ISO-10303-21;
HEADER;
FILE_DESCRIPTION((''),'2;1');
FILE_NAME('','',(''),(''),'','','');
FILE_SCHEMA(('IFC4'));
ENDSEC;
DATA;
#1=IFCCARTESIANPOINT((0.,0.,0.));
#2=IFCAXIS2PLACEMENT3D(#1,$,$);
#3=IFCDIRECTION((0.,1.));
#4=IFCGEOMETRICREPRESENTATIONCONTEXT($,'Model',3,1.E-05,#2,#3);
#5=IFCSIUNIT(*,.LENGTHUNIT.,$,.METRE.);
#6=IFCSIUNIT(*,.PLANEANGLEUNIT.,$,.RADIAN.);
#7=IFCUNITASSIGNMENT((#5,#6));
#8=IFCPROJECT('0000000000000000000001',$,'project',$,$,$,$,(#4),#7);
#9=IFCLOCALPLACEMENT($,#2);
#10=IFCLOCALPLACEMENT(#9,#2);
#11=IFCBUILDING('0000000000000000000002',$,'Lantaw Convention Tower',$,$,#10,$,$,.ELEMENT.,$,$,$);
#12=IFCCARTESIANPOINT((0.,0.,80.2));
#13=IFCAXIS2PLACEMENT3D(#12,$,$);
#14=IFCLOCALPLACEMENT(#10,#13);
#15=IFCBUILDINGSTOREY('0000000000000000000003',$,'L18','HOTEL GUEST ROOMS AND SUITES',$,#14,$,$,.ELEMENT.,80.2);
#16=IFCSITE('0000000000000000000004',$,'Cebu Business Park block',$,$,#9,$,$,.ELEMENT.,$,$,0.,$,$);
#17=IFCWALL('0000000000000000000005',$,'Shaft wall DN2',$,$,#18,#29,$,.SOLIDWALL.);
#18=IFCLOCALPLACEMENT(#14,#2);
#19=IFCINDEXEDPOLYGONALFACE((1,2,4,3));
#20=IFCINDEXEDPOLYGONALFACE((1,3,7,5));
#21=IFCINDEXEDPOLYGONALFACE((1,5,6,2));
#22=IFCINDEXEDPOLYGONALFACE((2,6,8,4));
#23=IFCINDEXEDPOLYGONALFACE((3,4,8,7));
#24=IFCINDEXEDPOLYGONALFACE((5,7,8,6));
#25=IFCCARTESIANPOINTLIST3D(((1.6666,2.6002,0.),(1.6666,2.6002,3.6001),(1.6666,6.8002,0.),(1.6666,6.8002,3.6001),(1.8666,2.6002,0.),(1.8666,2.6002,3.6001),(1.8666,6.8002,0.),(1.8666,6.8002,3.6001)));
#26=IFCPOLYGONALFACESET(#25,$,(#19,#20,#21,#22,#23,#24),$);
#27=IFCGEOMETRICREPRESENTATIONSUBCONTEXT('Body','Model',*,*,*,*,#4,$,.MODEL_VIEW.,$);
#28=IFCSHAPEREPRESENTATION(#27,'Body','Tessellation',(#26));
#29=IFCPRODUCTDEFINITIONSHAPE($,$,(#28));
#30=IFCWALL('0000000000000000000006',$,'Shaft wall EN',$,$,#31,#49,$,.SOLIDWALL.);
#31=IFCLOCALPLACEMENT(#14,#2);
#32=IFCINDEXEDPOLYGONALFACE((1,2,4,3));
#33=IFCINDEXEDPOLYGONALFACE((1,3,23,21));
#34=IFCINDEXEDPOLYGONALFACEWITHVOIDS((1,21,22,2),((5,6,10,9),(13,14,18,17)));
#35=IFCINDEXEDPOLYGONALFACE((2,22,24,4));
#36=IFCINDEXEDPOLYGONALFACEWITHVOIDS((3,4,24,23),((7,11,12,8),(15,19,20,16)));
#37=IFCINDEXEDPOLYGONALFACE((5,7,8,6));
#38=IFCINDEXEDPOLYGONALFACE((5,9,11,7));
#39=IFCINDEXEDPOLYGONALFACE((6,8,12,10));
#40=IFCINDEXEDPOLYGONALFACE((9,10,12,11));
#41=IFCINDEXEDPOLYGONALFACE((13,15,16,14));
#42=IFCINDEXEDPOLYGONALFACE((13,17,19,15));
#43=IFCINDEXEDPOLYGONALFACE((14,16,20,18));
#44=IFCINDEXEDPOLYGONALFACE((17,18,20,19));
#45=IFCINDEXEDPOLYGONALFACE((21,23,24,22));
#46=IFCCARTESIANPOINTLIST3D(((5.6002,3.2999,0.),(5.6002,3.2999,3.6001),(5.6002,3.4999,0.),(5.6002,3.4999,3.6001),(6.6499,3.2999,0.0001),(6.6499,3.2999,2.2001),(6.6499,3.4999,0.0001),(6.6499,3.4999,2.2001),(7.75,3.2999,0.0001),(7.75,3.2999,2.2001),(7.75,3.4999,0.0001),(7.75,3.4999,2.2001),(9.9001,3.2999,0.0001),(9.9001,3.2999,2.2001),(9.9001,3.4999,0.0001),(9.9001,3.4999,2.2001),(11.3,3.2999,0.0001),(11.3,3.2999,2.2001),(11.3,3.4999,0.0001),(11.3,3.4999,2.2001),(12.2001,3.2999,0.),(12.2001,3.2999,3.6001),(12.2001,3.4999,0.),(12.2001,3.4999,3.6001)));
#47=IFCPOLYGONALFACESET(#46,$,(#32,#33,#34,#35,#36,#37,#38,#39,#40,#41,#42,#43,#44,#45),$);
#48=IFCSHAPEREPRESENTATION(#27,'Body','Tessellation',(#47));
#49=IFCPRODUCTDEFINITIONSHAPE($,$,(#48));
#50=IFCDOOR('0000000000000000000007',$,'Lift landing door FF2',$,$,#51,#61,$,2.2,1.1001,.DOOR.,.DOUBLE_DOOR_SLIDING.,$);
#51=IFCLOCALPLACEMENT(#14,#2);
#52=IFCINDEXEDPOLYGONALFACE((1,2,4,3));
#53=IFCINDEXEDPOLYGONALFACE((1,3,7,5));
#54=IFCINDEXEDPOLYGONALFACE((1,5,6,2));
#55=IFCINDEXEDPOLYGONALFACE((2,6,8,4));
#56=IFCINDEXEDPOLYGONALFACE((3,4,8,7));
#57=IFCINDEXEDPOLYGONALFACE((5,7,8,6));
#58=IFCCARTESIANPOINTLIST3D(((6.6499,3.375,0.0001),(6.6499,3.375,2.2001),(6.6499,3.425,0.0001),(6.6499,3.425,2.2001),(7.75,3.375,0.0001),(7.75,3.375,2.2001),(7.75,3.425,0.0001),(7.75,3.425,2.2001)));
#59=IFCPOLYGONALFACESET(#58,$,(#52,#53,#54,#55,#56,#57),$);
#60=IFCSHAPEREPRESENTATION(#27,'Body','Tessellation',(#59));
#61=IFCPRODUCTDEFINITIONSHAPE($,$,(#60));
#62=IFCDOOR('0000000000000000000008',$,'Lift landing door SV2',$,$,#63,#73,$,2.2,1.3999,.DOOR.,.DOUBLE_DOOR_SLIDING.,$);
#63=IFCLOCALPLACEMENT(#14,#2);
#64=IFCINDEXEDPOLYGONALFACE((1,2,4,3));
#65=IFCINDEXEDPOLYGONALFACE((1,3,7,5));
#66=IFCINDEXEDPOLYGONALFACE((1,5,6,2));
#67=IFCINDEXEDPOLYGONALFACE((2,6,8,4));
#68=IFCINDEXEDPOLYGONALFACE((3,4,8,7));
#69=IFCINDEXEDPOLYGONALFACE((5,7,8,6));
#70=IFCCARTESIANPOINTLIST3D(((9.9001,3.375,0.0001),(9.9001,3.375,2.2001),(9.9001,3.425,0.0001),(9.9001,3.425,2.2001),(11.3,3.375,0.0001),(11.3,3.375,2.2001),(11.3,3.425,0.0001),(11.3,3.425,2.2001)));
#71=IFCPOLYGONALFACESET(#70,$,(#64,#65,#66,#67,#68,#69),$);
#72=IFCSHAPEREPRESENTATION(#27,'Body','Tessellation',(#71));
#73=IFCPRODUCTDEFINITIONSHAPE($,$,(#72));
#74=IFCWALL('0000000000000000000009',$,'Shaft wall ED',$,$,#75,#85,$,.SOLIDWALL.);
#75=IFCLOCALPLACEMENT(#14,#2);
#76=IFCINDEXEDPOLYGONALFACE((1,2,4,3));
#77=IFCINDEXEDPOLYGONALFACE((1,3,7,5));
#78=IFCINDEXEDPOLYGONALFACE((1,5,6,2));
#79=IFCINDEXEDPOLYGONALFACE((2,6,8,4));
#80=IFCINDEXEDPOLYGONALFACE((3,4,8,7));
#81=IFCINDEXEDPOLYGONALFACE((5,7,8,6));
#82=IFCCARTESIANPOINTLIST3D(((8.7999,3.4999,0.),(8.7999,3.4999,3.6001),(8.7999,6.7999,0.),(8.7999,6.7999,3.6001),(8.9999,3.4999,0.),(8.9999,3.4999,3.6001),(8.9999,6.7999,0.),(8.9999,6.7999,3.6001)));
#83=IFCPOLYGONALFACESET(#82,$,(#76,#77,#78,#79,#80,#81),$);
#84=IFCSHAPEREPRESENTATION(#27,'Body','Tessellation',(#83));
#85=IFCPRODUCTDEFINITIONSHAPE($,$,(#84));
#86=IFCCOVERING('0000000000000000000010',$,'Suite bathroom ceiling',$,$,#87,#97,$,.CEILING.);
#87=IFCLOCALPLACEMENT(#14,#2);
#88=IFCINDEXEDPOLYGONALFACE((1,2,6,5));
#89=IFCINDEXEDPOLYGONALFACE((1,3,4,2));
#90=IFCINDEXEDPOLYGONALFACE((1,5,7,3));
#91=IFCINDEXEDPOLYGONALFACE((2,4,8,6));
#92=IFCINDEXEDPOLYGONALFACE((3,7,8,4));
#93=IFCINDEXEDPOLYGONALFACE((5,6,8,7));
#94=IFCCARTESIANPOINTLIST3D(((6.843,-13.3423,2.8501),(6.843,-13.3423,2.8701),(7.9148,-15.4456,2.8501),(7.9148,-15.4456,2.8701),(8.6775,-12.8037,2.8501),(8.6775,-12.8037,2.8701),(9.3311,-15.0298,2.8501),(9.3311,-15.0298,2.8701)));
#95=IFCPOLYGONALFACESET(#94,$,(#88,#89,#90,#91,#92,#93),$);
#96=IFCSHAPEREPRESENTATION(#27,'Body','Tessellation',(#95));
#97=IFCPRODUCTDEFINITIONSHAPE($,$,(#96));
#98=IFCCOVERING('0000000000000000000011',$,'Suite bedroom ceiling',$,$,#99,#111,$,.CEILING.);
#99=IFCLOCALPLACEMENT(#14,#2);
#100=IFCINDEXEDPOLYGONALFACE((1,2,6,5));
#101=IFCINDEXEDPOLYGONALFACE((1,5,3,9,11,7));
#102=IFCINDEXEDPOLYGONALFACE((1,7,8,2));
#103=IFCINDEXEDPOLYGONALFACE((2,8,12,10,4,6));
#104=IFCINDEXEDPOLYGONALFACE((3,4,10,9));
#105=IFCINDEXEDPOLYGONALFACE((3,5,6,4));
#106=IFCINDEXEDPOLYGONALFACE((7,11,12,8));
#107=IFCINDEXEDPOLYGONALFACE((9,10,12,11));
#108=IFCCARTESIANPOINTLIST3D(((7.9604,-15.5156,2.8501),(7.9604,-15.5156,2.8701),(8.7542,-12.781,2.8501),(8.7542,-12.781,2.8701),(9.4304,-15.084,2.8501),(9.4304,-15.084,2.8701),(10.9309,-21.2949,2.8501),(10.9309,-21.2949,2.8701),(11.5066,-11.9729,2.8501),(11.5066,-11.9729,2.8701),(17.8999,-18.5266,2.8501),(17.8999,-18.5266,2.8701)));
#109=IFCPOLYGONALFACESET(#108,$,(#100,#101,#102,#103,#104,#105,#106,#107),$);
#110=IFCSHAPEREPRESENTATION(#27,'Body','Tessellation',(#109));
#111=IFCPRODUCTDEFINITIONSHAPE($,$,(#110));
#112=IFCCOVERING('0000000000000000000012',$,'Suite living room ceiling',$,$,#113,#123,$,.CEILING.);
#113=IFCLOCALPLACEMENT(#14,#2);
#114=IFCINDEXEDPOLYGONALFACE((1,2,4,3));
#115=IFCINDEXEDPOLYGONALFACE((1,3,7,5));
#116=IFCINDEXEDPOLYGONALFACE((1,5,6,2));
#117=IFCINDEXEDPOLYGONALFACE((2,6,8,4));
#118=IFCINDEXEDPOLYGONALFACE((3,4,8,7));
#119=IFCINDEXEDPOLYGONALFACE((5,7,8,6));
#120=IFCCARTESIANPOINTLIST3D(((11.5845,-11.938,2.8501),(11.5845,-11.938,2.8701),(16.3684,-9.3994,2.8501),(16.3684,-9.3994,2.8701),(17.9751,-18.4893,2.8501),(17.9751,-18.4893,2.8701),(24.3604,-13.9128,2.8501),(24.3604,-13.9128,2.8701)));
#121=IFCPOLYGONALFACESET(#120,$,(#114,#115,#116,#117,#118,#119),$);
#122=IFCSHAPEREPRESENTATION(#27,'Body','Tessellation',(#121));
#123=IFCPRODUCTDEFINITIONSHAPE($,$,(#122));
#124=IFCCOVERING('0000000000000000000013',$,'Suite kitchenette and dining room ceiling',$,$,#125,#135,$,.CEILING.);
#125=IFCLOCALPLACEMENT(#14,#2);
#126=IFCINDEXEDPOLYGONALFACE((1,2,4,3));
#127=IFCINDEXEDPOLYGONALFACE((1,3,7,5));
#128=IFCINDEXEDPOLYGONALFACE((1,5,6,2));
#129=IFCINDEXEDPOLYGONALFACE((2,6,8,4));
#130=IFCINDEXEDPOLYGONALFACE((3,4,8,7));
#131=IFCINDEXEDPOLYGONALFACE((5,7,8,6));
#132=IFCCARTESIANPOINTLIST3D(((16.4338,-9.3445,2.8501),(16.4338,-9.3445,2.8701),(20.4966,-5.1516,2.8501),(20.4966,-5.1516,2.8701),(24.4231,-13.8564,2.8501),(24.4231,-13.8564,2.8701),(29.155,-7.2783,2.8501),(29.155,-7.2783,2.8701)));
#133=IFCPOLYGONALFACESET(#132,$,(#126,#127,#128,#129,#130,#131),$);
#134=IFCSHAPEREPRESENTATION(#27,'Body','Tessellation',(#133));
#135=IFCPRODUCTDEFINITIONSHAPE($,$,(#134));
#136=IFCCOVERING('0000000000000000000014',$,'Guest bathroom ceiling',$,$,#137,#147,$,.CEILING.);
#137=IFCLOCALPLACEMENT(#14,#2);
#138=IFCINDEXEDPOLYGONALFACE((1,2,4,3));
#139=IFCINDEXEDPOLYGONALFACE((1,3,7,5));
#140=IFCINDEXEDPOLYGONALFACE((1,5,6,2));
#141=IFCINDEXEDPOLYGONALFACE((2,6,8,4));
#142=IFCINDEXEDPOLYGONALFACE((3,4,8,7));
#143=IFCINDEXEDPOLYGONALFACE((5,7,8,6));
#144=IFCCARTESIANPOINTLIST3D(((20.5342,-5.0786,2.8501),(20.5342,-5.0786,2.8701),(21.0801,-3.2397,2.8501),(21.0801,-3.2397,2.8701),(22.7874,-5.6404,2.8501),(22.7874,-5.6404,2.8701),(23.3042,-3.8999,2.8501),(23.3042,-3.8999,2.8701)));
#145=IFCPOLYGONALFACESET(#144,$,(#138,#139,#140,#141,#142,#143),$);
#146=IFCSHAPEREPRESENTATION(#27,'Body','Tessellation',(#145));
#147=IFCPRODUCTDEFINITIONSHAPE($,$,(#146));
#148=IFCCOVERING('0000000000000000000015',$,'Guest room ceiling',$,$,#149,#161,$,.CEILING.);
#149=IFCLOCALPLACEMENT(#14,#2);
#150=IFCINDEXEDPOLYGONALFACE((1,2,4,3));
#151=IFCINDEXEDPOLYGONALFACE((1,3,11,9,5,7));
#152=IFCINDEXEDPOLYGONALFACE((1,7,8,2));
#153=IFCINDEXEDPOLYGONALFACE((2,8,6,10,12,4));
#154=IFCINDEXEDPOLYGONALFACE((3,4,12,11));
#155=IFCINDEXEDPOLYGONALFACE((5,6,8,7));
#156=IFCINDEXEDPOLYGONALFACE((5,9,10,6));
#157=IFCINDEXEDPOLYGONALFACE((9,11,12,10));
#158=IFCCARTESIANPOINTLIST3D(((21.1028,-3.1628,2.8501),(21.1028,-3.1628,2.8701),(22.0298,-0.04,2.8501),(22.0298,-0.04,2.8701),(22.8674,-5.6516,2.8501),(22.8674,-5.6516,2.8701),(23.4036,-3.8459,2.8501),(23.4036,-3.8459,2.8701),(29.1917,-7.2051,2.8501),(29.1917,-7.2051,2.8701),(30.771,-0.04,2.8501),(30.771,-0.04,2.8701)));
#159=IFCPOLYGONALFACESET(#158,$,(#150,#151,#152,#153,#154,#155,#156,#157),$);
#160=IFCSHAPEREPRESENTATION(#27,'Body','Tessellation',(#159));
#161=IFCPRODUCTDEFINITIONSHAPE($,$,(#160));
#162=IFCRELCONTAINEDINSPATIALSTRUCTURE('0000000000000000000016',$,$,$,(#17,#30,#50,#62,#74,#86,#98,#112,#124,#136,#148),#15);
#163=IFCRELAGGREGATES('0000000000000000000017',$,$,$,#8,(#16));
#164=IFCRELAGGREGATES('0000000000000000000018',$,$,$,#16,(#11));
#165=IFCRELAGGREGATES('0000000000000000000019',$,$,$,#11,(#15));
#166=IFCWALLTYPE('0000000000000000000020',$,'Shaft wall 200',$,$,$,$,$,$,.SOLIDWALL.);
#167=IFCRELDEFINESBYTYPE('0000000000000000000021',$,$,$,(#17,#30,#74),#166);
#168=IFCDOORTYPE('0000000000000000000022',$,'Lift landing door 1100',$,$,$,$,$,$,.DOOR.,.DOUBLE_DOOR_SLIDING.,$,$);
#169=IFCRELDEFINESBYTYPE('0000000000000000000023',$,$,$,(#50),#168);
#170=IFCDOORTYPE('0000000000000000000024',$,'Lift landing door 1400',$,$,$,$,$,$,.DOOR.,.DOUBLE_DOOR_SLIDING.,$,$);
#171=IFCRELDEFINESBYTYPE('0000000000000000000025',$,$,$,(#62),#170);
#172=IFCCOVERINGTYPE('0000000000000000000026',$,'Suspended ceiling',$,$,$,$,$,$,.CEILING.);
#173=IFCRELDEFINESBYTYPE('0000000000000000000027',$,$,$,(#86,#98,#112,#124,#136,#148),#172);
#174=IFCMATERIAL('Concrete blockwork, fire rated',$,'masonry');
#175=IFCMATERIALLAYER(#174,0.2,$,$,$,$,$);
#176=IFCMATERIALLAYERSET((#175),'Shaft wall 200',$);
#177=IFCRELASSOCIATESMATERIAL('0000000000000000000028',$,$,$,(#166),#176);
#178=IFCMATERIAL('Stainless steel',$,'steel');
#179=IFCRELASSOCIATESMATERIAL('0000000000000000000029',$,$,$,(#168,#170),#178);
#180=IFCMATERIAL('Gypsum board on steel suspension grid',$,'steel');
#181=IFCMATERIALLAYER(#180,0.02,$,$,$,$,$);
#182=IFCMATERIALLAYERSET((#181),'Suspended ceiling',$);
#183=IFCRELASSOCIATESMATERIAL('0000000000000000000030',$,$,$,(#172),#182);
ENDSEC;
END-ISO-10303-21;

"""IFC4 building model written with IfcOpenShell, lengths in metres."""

from ifc_helpers import new_model, si_unit, direction, frame, frame_2d, origin, place, context, subcontext, project, spatial, polyline, rectangle, outline, extrude, material, layer, layer_set, type_object, element, fill, save


model = new_model("IFC4")

# Units and contexts
model_context = context("Model", 3, precision=1e-05, world=origin(), true_north=direction((0.0, 1.0)))
body_context = subcontext(model_context, "Body", "Model", "MODEL_VIEW")
ifc_project = project(units=[si_unit("LENGTHUNIT", "METRE"), si_unit("PLANEANGLEUNIT", "RADIAN")], contexts=[model_context])

# Site, building, storey
site_placement = place(None, origin())
site = spatial("IfcSite", under=ifc_project, at=site_placement, Name="Cebu Business Park block", CompositionType="ELEMENT", RefElevation=0.0)
building_placement = place(site_placement, origin())
building = spatial("IfcBuilding", under=site, at=building_placement, Name="Lantaw Convention Tower", CompositionType="ELEMENT")
storey_placement = place(building_placement, frame((0.0, 0.0, 80.2)))
storey = spatial("IfcBuildingStorey", under=building, at=storey_placement, Name="L18", Description="HOTEL GUEST ROOMS AND SUITES", CompositionType="ELEMENT", Elevation=80.2)

# Wall
ifc_material_1 = material(Name="Concrete blockwork, fire rated", Category="masonry")
ifc_layer_1 = layer(ifc_material_1, 0.2)
ifc_layer_set_1 = layer_set([ifc_layer_1], Name="Shaft wall 200")
wall_type_1 = type_object("IfcWallType", Name="Shaft wall 200", PredefinedType="SOLIDWALL", material=ifc_layer_set_1)
wall_1_placement = place(storey_placement, frame((1.7666, 2.6001, 0.0), z_axis=(0.0, 0.0, 1.0), x_axis=(0.0, 1.0, 0.0)))
element("IfcWall", 1, at=wall_1_placement, inside=storey, type_object=wall_type_1, Name="Shaft wall DN2", PredefinedType="SOLIDWALL", context=body_context, shape_type="SweptSolid", body=[
    extrude(rectangle(XDim=4.2, YDim=0.2, at=frame_2d((2.1001, 0.0))), origin(), (0.0, 0.0, 1.0), 3.6001),
])

# Wall, openings, doors
wall_2_placement = place(storey_placement, frame((12.2, 3.3999, 0.0), z_axis=(0.0, 0.0, 1.0), x_axis=(-1.0, 0.0, 0.0)))
wall_2 = element("IfcWall", 2, at=wall_2_placement, inside=storey, type_object=wall_type_1, Name="Shaft wall EN", PredefinedType="SOLIDWALL", context=body_context, shape_type="SweptSolid", body=[
    extrude(rectangle(XDim=6.5999, YDim=0.2, at=frame_2d((3.2998, 0.0))), origin(), (0.0, 0.0, 1.0), 3.6001),
])
opening_1_placement = place(wall_2_placement, frame((4.45, 0.0, 0.0)))
opening_1 = element("IfcOpeningElement", 3, at=opening_1_placement, cuts=wall_2, PredefinedType="OPENING", context=body_context, shape_type="SweptSolid", body=[
    extrude(rectangle(XDim=1.1001, YDim=2.2, at=frame_2d((0.55, 1.1001))), frame((0.0, 0.1099, 0.0), z_axis=(0.0, -1.0, 0.0), x_axis=(1.0, 0.0, 0.0)), (0.0, 0.0, 1.0), 0.22),
])
opening_2_placement = place(wall_2_placement, frame((0.8999, 0.0, 0.0)))
opening_2 = element("IfcOpeningElement", 4, at=opening_2_placement, cuts=wall_2, PredefinedType="OPENING", context=body_context, shape_type="SweptSolid", body=[
    extrude(rectangle(XDim=1.3999, YDim=2.2, at=frame_2d((0.7, 1.1001))), frame((0.0, 0.1099, 0.0), z_axis=(0.0, -1.0, 0.0), x_axis=(1.0, 0.0, 0.0)), (0.0, 0.0, 1.0), 0.22),
])
ifc_material_2 = material(Name="Stainless steel", Category="steel")
door_type_1 = type_object("IfcDoorType", Name="Lift landing door 1100", OperationType="DOUBLE_DOOR_SLIDING", PredefinedType="DOOR", material=ifc_material_2)
door_1_placement = place(opening_1_placement, origin())
door_1 = element("IfcDoor", 5, at=door_1_placement, inside=storey, type_object=door_type_1, Name="Lift landing door FF2", OperationType="DOUBLE_DOOR_SLIDING", OverallHeight=2.2, OverallWidth=1.1001, PredefinedType="DOOR", context=body_context, shape_type="SweptSolid", body=[
    extrude(rectangle(XDim=1.1001, YDim=2.2, at=frame_2d((0.55, 1.1001))), frame((0.0, 0.0249, 0.0), z_axis=(0.0, -1.0, 0.0), x_axis=(1.0, 0.0, 0.0)), (0.0, 0.0, 1.0), 0.05),
])
fill(opening_1, door_1)
door_type_2 = type_object("IfcDoorType", Name="Lift landing door 1400", OperationType="DOUBLE_DOOR_SLIDING", PredefinedType="DOOR", material=ifc_material_2)
door_2_placement = place(opening_2_placement, origin())
door_2 = element("IfcDoor", 6, at=door_2_placement, inside=storey, type_object=door_type_2, Name="Lift landing door SV2", OperationType="DOUBLE_DOOR_SLIDING", OverallHeight=2.2, OverallWidth=1.3999, PredefinedType="DOOR", context=body_context, shape_type="SweptSolid", body=[
    extrude(rectangle(XDim=1.3999, YDim=2.2, at=frame_2d((0.7, 1.1001))), frame((0.0, 0.0249, 0.0), z_axis=(0.0, -1.0, 0.0), x_axis=(1.0, 0.0, 0.0)), (0.0, 0.0, 1.0), 0.05),
])
fill(opening_2, door_2)

# Wall
wall_3_placement = place(storey_placement, frame((8.8999, 3.5, 0.0), z_axis=(0.0, 0.0, 1.0), x_axis=(0.0, 1.0, 0.0)))
element("IfcWall", 7, at=wall_3_placement, inside=storey, type_object=wall_type_1, Name="Shaft wall ED", PredefinedType="SOLIDWALL", context=body_context, shape_type="SweptSolid", body=[
    extrude(rectangle(XDim=3.3, YDim=0.2, at=frame_2d((1.6499, 0.0))), origin(), (0.0, 0.0, 1.0), 3.6001),
])

# Coverings
ifc_material_3 = material(Name="Gypsum board on steel suspension grid", Category="steel")
ifc_layer_2 = layer(ifc_material_3, 0.02)
ifc_layer_set_2 = layer_set([ifc_layer_2], Name="Suspended ceiling")
covering_type = type_object("IfcCoveringType", Name="Suspended ceiling", PredefinedType="CEILING", material=ifc_layer_set_2)
covering_1_placement = place(storey_placement, frame((0.0, 0.0, 2.8501)))
element("IfcCovering", 8, at=covering_1_placement, inside=storey, type_object=covering_type, Name="Suite bathroom ceiling", PredefinedType="CEILING", context=body_context, shape_type="SweptSolid", body=[
    extrude(outline(polyline([(6.843, -13.3423), (7.9148, -15.4456), (9.3311, -15.0298), (8.6775, -12.8037), (6.843, -13.3423)])), origin(), (0.0, 0.0, 1.0), 0.02),
])
covering_2_placement = place(storey_placement, frame((0.0, 0.0, 2.8501)))
element("IfcCovering", 9, at=covering_2_placement, inside=storey, type_object=covering_type, Name="Suite bedroom ceiling", PredefinedType="CEILING", context=body_context, shape_type="SweptSolid", body=[
    extrude(outline(polyline([(11.5066, -11.9729), (8.7542, -12.781), (9.4304, -15.084), (7.9604, -15.5156), (10.9309, -21.2949), (17.8999, -18.5266), (11.5066, -11.9729)])), origin(), (0.0, 0.0, 1.0), 0.02),
])
covering_3_placement = place(storey_placement, frame((0.0, 0.0, 2.8501)))
element("IfcCovering", 10, at=covering_3_placement, inside=storey, type_object=covering_type, Name="Suite living room ceiling", PredefinedType="CEILING", context=body_context, shape_type="SweptSolid", body=[
    extrude(outline(polyline([(11.5845, -11.938), (17.9751, -18.4893), (24.3604, -13.9128), (16.3684, -9.3994), (11.5845, -11.938)])), origin(), (0.0, 0.0, 1.0), 0.02),
])
covering_4_placement = place(storey_placement, frame((0.0, 0.0, 2.8501)))
element("IfcCovering", 11, at=covering_4_placement, inside=storey, type_object=covering_type, Name="Suite kitchenette and dining room ceiling", PredefinedType="CEILING", context=body_context, shape_type="SweptSolid", body=[
    extrude(outline(polyline([(16.4338, -9.3445), (24.4231, -13.8564), (29.155, -7.2783), (20.4966, -5.1516), (16.4338, -9.3445)])), origin(), (0.0, 0.0, 1.0), 0.02),
])
covering_5_placement = place(storey_placement, frame((0.0, 0.0, 2.8501)))
element("IfcCovering", 12, at=covering_5_placement, inside=storey, type_object=covering_type, Name="Guest bathroom ceiling", PredefinedType="CEILING", context=body_context, shape_type="SweptSolid", body=[
    extrude(outline(polyline([(20.5342, -5.0786), (22.7874, -5.6404), (23.3042, -3.8999), (21.0801, -3.2397), (20.5342, -5.0786)])), origin(), (0.0, 0.0, 1.0), 0.02),
])
covering_6_placement = place(storey_placement, frame((0.0, 0.0, 2.8501)))
element("IfcCovering", 13, at=covering_6_placement, inside=storey, type_object=covering_type, Name="Guest room ceiling", PredefinedType="CEILING", context=body_context, shape_type="SweptSolid", body=[
    extrude(outline(polyline([(22.0298, -0.04), (21.1028, -3.1628), (23.4036, -3.8459), (22.8674, -5.6516), (29.1917, -7.2051), (30.771, -0.04), (22.0298, -0.04)])), origin(), (0.0, 0.0, 1.0), 0.02),
])

save(model, "model.ifc")
